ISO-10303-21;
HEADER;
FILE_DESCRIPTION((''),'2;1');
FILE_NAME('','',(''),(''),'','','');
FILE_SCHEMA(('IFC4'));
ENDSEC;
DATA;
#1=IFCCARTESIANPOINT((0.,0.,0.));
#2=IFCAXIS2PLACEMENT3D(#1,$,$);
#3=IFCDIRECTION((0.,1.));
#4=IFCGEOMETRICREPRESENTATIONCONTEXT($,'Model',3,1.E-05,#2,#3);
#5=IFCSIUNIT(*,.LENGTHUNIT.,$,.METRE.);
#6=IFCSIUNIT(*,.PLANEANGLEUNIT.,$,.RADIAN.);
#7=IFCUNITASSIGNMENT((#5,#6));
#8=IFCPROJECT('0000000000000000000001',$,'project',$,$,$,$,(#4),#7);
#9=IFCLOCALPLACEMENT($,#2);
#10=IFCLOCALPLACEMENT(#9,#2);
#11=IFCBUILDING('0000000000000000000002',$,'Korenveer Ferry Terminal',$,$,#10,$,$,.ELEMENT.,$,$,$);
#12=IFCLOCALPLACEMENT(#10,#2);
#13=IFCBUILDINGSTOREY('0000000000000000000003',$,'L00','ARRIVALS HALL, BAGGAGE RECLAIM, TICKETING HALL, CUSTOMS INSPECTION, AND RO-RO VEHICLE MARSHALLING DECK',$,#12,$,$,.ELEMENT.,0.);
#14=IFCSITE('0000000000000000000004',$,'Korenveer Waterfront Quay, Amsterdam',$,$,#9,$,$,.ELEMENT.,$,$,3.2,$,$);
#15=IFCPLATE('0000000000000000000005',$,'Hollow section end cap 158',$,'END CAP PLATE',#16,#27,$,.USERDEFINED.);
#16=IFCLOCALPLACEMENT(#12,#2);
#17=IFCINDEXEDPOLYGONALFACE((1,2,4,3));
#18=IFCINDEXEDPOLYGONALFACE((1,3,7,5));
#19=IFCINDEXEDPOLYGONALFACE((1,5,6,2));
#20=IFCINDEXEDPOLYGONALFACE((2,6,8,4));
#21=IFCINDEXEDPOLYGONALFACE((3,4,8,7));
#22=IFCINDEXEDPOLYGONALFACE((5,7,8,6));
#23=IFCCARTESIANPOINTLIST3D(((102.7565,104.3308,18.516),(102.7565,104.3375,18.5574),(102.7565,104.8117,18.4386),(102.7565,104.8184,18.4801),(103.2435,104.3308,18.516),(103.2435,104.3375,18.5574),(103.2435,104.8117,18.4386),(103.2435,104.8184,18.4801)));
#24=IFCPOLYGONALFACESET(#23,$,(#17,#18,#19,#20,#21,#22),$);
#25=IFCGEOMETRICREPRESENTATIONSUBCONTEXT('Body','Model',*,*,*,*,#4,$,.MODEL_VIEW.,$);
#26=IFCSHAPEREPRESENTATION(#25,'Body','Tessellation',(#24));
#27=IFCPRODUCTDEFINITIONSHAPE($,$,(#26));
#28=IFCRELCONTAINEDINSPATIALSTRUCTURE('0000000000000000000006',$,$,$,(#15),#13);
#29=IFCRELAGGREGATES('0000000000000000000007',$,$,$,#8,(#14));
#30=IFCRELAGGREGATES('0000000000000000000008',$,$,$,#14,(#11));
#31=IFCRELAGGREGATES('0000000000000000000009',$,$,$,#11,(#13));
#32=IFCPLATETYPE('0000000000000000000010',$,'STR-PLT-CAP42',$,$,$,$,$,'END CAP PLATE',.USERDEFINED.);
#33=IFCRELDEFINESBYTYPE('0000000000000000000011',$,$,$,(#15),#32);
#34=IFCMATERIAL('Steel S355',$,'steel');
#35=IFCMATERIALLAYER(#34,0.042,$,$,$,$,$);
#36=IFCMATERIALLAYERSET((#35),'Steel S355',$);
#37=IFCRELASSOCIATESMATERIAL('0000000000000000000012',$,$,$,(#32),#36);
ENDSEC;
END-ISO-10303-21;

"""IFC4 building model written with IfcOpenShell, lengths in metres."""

from ifc_helpers import new_model, si_unit, direction, frame, origin, origin_2d, place, context, subcontext, project, spatial, rectangle, extrude, material, layer, layer_set, type_object, element, save


model = new_model("IFC4")

# Units and contexts
model_context = context("Model", 3, precision=1e-05, world=origin(), true_north=direction((0.0, 1.0)))
body_context = subcontext(model_context, "Body", "Model", "MODEL_VIEW")
ifc_project = project(units=[si_unit("LENGTHUNIT", "METRE"), si_unit("PLANEANGLEUNIT", "RADIAN")], contexts=[model_context])

# Site, building, storey
site_placement = place(None, origin())
site = spatial("IfcSite", under=ifc_project, at=site_placement, Name="Korenveer Waterfront Quay, Amsterdam", CompositionType="ELEMENT", RefElevation=3.2)
building_placement = place(site_placement, origin())
building = spatial("IfcBuilding", under=site, at=building_placement, Name="Korenveer Ferry Terminal", CompositionType="ELEMENT")
storey_placement = place(building_placement, origin())
storey = spatial("IfcBuildingStorey", under=building, at=storey_placement, Name="L00", Description="ARRIVALS HALL, BAGGAGE RECLAIM, TICKETING HALL, CUSTOMS INSPECTION, AND RO-RO VEHICLE MARSHALLING DECK", CompositionType="ELEMENT", Elevation=0.0)

# Shared definitions
ifc_material_1 = material(Name="Steel S355", Category="steel")

# Plate
ifc_layer_1 = layer(ifc_material_1, 0.042)
ifc_layer_set_1 = layer_set([ifc_layer_1], Name="Steel S355")
plate_type_1 = type_object("IfcPlateType", Name="STR-PLT-CAP42", ElementType="END CAP PLATE", PredefinedType="USERDEFINED", material=ifc_layer_set_1)
for number, where, z_axis, x_axis, name in (
    (1, (103.0, 104.5713, 18.4773), (0.0, 0.158775, 0.987315), (-1.0, 0.0, 0.0), "Hollow section end cap 158"),
):
    element("IfcPlate", number, at=place(storey_placement, frame(where, z_axis=z_axis, x_axis=x_axis)), inside=storey, type_object=plate_type_1, Name=name, ObjectType="END CAP PLATE", PredefinedType="USERDEFINED", context=body_context, shape_type="SweptSolid", body=[
        extrude(rectangle(XDim=0.4871, YDim=0.4871, at=origin_2d()), origin(), (0.0, 0.0, 1.0), 0.042),
    ])

save(model, "model.ifc")
